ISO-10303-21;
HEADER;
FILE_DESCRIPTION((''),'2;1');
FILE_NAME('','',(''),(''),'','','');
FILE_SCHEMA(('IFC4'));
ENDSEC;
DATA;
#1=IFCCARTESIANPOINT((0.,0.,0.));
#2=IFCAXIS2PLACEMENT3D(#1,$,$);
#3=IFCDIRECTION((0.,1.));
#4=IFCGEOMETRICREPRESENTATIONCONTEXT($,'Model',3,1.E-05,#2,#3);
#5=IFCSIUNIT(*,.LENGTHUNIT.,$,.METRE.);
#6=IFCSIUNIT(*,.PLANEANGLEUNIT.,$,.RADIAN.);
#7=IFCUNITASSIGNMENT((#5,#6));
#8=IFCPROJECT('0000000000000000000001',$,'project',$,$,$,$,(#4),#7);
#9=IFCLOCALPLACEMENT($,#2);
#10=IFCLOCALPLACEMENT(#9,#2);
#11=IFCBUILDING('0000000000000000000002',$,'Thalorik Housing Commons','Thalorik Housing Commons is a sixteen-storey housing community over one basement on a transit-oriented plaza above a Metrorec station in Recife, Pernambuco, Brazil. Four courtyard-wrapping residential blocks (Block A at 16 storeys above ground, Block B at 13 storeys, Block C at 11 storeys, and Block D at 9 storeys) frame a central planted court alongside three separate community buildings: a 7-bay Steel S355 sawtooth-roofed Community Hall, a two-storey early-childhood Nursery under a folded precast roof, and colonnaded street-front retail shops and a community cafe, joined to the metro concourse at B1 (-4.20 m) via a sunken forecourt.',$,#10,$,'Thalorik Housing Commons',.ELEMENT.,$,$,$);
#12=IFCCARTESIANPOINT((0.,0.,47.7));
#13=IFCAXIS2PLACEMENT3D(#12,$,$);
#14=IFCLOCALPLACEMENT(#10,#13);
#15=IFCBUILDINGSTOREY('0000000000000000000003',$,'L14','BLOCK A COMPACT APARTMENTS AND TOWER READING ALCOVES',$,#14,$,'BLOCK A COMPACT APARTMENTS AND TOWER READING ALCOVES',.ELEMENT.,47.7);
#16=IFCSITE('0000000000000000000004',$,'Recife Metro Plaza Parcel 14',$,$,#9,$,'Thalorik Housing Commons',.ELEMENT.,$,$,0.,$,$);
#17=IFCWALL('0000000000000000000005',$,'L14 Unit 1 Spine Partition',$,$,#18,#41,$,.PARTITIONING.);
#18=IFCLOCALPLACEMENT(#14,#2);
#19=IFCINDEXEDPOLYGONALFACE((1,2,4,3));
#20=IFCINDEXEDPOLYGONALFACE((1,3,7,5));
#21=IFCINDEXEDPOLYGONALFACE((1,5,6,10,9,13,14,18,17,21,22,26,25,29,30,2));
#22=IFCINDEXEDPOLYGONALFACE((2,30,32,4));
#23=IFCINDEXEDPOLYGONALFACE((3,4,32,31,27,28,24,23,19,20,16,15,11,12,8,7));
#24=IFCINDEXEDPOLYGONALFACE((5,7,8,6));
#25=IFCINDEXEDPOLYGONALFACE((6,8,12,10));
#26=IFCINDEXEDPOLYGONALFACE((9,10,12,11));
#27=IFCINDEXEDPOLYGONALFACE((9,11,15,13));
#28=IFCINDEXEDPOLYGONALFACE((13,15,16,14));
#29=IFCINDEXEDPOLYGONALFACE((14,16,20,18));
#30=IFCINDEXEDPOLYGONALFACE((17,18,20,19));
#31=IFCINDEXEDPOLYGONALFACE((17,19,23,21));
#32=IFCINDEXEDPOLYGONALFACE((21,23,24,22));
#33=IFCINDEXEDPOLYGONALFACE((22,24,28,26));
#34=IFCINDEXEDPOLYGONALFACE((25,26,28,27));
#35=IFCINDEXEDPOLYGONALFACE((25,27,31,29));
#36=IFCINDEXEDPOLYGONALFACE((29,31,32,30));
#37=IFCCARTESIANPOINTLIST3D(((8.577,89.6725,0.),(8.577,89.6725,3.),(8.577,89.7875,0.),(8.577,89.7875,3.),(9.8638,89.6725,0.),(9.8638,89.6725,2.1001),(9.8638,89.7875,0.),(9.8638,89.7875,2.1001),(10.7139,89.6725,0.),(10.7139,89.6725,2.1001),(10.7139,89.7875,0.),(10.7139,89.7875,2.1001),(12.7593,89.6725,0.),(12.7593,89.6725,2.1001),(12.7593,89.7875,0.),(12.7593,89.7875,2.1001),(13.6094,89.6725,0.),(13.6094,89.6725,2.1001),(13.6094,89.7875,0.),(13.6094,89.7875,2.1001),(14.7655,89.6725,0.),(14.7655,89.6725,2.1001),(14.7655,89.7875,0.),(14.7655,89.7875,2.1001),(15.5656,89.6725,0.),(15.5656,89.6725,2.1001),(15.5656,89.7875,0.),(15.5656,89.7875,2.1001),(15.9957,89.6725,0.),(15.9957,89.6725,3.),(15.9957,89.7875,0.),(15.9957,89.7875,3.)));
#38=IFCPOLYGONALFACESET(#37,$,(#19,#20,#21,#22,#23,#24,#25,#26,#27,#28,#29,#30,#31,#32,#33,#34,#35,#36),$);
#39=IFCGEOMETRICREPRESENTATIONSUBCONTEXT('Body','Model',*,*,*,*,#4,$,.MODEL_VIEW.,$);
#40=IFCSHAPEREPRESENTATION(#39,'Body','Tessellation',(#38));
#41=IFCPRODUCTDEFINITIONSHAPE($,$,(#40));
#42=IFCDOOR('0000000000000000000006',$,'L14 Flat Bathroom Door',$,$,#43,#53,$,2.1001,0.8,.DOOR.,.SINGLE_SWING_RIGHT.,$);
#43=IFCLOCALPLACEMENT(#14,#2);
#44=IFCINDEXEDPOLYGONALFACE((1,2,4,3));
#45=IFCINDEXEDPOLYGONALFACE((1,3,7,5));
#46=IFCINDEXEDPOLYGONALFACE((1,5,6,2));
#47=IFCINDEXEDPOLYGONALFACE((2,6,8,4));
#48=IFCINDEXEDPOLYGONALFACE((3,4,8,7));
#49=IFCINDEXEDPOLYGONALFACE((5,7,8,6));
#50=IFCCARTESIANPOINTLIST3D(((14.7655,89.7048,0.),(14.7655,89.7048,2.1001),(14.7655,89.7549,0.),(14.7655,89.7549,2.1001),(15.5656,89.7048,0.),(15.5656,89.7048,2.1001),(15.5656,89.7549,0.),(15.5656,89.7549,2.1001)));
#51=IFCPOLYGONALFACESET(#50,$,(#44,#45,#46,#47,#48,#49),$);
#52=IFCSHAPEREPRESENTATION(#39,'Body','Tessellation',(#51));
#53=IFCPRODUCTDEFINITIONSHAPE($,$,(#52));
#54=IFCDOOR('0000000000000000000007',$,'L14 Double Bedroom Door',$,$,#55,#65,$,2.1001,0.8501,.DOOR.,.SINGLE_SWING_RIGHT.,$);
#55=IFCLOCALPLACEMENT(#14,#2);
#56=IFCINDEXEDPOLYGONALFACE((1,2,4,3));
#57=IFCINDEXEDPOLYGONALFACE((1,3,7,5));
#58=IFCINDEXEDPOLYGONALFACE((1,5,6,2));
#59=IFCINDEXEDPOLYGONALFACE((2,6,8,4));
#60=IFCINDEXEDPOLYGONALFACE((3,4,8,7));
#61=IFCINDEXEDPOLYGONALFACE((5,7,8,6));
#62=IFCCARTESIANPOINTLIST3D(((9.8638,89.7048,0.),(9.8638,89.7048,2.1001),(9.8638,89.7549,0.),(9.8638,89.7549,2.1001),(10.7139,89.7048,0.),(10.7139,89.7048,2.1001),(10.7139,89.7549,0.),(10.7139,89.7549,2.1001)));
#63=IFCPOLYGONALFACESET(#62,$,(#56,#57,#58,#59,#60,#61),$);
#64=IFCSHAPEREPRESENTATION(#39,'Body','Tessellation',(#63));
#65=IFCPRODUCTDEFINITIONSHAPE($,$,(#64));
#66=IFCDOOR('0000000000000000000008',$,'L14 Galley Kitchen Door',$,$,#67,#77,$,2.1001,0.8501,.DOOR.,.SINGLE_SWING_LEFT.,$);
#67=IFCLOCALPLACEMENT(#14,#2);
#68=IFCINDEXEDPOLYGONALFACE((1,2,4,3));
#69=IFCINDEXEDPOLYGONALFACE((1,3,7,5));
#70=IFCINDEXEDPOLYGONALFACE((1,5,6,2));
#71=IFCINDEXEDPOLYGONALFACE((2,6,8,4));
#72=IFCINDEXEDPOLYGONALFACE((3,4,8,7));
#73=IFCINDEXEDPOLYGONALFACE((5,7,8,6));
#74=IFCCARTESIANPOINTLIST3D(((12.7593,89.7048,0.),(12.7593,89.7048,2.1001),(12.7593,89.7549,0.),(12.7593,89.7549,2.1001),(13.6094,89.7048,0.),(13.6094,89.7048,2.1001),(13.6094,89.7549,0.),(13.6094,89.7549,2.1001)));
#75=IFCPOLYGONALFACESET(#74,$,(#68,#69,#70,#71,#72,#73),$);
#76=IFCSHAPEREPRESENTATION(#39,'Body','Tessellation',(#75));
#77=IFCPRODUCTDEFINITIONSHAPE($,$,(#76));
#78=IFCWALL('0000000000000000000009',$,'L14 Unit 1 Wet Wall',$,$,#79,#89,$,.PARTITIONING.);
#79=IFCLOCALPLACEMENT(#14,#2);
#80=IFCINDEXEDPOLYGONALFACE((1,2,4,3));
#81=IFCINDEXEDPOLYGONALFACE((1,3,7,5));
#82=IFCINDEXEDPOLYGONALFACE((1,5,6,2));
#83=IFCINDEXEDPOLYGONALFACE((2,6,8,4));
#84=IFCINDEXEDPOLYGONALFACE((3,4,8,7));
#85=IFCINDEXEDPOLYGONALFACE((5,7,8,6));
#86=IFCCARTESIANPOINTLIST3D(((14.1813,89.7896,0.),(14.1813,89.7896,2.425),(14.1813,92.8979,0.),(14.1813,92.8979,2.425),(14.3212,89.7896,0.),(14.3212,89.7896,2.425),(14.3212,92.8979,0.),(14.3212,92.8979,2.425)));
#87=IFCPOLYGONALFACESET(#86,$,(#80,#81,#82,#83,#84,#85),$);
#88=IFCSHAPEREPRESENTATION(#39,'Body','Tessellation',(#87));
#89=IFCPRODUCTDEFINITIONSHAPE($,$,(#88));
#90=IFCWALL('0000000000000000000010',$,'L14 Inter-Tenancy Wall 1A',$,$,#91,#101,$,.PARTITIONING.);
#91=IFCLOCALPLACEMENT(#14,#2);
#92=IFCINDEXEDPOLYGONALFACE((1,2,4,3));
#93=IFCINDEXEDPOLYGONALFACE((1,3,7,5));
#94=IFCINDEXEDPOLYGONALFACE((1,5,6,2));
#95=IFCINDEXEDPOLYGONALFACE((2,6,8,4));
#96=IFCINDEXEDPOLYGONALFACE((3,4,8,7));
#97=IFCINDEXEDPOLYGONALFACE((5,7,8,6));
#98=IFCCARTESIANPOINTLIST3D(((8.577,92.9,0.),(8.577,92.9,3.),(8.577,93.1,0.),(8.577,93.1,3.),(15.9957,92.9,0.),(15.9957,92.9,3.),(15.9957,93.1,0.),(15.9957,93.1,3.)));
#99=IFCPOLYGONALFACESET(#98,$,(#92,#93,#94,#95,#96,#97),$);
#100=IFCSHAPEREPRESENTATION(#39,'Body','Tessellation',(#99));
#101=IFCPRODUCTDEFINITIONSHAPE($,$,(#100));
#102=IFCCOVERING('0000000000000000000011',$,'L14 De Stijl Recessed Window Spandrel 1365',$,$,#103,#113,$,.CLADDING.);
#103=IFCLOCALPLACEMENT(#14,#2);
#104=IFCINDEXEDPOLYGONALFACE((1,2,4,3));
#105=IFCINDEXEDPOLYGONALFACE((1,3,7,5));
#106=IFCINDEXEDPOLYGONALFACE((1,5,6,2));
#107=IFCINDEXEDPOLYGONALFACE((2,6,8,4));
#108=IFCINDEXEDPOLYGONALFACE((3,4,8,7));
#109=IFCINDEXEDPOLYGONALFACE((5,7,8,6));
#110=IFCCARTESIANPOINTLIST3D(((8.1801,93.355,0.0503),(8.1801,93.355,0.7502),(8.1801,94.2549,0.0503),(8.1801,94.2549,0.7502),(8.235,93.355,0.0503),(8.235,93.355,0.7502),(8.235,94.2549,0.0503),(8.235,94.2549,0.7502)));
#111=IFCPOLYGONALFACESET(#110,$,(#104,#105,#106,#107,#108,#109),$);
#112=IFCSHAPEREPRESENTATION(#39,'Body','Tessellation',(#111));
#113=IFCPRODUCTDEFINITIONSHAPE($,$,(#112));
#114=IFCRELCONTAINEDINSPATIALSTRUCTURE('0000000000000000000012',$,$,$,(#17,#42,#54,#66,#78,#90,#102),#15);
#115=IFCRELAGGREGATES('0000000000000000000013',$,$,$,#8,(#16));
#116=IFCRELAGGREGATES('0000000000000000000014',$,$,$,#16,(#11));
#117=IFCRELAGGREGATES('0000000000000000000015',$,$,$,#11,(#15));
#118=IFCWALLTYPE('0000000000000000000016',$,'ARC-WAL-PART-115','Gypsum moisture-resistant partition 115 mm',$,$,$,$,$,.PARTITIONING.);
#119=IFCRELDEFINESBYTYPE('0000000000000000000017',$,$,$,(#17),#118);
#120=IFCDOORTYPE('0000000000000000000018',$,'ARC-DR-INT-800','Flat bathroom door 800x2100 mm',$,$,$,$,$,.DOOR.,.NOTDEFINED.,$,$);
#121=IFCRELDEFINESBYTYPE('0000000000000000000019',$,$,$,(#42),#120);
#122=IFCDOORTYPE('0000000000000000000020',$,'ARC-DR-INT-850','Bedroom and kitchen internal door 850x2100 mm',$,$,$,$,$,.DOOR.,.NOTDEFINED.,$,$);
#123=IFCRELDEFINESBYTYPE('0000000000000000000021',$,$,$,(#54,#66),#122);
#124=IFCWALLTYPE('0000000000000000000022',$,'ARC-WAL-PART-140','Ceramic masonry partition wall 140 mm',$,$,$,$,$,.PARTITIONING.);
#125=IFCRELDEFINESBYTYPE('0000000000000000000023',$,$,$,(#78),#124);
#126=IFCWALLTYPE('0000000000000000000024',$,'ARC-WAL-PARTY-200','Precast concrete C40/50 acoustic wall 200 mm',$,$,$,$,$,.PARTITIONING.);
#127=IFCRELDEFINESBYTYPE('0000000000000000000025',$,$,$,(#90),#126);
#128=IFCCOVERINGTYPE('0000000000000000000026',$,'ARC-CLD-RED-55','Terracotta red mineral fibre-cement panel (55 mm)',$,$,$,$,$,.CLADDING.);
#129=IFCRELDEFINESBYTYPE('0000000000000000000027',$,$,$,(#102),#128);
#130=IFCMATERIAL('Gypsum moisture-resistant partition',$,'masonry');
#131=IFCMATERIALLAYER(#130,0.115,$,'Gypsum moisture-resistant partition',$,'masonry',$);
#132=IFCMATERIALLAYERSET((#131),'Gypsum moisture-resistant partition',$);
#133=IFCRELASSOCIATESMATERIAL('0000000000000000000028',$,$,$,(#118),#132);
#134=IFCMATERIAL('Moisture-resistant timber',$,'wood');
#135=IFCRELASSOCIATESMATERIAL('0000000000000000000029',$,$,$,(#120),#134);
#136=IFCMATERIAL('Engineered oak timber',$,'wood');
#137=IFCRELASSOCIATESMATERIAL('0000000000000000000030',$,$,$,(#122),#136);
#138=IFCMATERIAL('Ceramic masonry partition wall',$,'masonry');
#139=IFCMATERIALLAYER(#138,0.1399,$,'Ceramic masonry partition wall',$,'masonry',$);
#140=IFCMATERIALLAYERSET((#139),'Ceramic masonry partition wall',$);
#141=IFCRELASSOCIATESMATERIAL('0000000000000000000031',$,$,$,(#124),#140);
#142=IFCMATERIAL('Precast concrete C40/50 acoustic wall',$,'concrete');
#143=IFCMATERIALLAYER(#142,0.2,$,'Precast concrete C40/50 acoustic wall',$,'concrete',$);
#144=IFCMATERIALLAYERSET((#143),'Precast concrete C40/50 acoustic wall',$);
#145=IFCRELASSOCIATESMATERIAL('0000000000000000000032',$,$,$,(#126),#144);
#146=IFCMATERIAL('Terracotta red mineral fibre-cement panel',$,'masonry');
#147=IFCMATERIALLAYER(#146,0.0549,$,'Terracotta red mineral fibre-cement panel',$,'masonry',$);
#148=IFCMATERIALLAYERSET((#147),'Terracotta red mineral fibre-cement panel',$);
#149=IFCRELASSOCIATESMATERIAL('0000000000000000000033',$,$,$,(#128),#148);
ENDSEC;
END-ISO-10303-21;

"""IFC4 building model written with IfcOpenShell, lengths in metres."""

from ifc_helpers import new_model, si_unit, direction, frame, frame_2d, origin, origin_2d, place, context, subcontext, project, spatial, rectangle, extrude, material, layer, layer_set, type_object, element, fill, save


model = new_model("IFC4")

# Units and contexts
model_context = context("Model", 3, precision=1e-05, world=origin(), true_north=direction((0.0, 1.0)))
body_context = subcontext(model_context, "Body", "Model", "MODEL_VIEW")
ifc_project = project(units=[si_unit("LENGTHUNIT", "METRE"), si_unit("PLANEANGLEUNIT", "RADIAN")], contexts=[model_context])

# Site, building, storey
site_placement = place(None, origin())
site = spatial("IfcSite", under=ifc_project, at=site_placement, Name="Recife Metro Plaza Parcel 14", LongName="Thalorik Housing Commons", CompositionType="ELEMENT", RefElevation=0.0)
building_placement = place(site_placement, origin())
building = spatial("IfcBuilding", under=site, at=building_placement, Name="Thalorik Housing Commons", Description="Thalorik Housing Commons is a sixteen-storey housing community over one basement on a transit-oriented plaza above a Metrorec station in Recife, Pernambuco, Brazil. Four courtyard-wrapping residential blocks (Block A at 16 storeys above ground, Block B at 13 storeys, Block C at 11 storeys, and Block D at 9 storeys) frame a central planted court alongside three separate community buildings: a 7-bay Steel S355 sawtooth-roofed Community Hall, a two-storey early-childhood Nursery under a folded precast roof, and colonnaded street-front retail shops and a community cafe, joined to the metro concourse at B1 (-4.20 m) via a sunken forecourt.", LongName="Thalorik Housing Commons", CompositionType="ELEMENT")
storey_placement = place(building_placement, frame((0.0, 0.0, 47.7)))
storey = spatial("IfcBuildingStorey", under=building, at=storey_placement, Name="L14", Description="BLOCK A COMPACT APARTMENTS AND TOWER READING ALCOVES", LongName="BLOCK A COMPACT APARTMENTS AND TOWER READING ALCOVES", CompositionType="ELEMENT", Elevation=47.7)

# Wall, openings, doors
ifc_material_1 = material(Name="Gypsum moisture-resistant partition", Category="masonry")
ifc_layer_1 = layer(ifc_material_1, 0.115, Name="Gypsum moisture-resistant partition", Category="masonry")
ifc_layer_set_1 = layer_set([ifc_layer_1], Name="Gypsum moisture-resistant partition")
wall_type_1 = type_object("IfcWallType", Name="ARC-WAL-PART-115", Description="Gypsum moisture-resistant partition 115 mm", PredefinedType="PARTITIONING", material=ifc_layer_set_1)
wall_1_placement = place(storey_placement, frame((8.5769, 89.73, 0.0), z_axis=(0.0, 0.0, 1.0), x_axis=(1.0, 0.0, 0.0)))
wall_1 = element("IfcWall", 1, at=wall_1_placement, inside=storey, type_object=wall_type_1, Name="L14 Unit 1 Spine Partition", PredefinedType="PARTITIONING", context=body_context, shape_type="SweptSolid", body=[
    extrude(rectangle(XDim=7.4187, YDim=0.115, at=frame_2d((3.7095, 0.0))), origin(), (0.0, 0.0, 1.0), 3.0),
])
opening_1_placement = place(wall_1_placement, frame((1.2869, 0.0, 0.0)))
opening_1 = element("IfcOpeningElement", 2, at=opening_1_placement, cuts=wall_1, PredefinedType="OPENING", context=body_context, shape_type="SweptSolid", body=[
    extrude(rectangle(XDim=0.8501, YDim=2.1001, at=frame_2d((0.425, 1.05))), frame((0.0, 0.0674, 0.0), z_axis=(0.0, -1.0, 0.0), x_axis=(1.0, 0.0, 0.0)), (0.0, 0.0, 1.0), 0.135),
])
opening_2_placement = place(wall_1_placement, frame((4.1824, 0.0, 0.0)))
opening_2 = element("IfcOpeningElement", 3, at=opening_2_placement, cuts=wall_1, PredefinedType="OPENING", context=body_context, shape_type="SweptSolid", body=[
    extrude(rectangle(XDim=0.8501, YDim=2.1001, at=frame_2d((0.425, 1.05))), frame((0.0, 0.0674, 0.0), z_axis=(0.0, -1.0, 0.0), x_axis=(1.0, 0.0, 0.0)), (0.0, 0.0, 1.0), 0.135),
])
opening_3_placement = place(wall_1_placement, frame((6.1887, 0.0, 0.0)))
opening_3 = element("IfcOpeningElement", 4, at=opening_3_placement, cuts=wall_1, PredefinedType="OPENING", context=body_context, shape_type="SweptSolid", body=[
    extrude(rectangle(XDim=0.8, YDim=2.1001, at=frame_2d((0.3999, 1.05))), frame((0.0, 0.0674, 0.0), z_axis=(0.0, -1.0, 0.0), x_axis=(1.0, 0.0, 0.0)), (0.0, 0.0, 1.0), 0.135),
])
ifc_material_2 = material(Name="Moisture-resistant timber", Category="wood")
door_type_1 = type_object("IfcDoorType", Name="ARC-DR-INT-800", Description="Flat bathroom door 800x2100 mm", OperationType="NOTDEFINED", PredefinedType="DOOR", material=ifc_material_2)
door_1_placement = place(opening_3_placement, origin())
door_1 = element("IfcDoor", 5, at=door_1_placement, inside=storey, type_object=door_type_1, Name="L14 Flat Bathroom Door", OperationType="SINGLE_SWING_RIGHT", OverallHeight=2.1001, OverallWidth=0.8, PredefinedType="DOOR", context=body_context, shape_type="SweptSolid", body=[
    extrude(rectangle(XDim=0.8, YDim=2.1001, at=frame_2d((0.3999, 1.05))), frame((0.0, 0.0249, 0.0), z_axis=(0.0, -1.0, 0.0), x_axis=(1.0, 0.0, 0.0)), (0.0, 0.0, 1.0), 0.05),
])
fill(opening_3, door_1)
ifc_material_3 = material(Name="Engineered oak timber", Category="wood")
door_type_2 = type_object("IfcDoorType", Name="ARC-DR-INT-850", Description="Bedroom and kitchen internal door 850x2100 mm", OperationType="NOTDEFINED", PredefinedType="DOOR", material=ifc_material_3)
door_2_placement = place(opening_1_placement, origin())
door_2 = element("IfcDoor", 6, at=door_2_placement, inside=storey, type_object=door_type_2, Name="L14 Double Bedroom Door", OperationType="SINGLE_SWING_RIGHT", OverallHeight=2.1001, OverallWidth=0.8501, PredefinedType="DOOR", context=body_context, shape_type="SweptSolid", body=[
    extrude(rectangle(XDim=0.8501, YDim=2.1001, at=frame_2d((0.425, 1.05))), frame((0.0, 0.0249, 0.0), z_axis=(0.0, -1.0, 0.0), x_axis=(1.0, 0.0, 0.0)), (0.0, 0.0, 1.0), 0.05),
])
fill(opening_1, door_2)
door_3_placement = place(opening_2_placement, origin())
door_3 = element("IfcDoor", 7, at=door_3_placement, inside=storey, type_object=door_type_2, Name="L14 Galley Kitchen Door", OperationType="SINGLE_SWING_LEFT", OverallHeight=2.1001, OverallWidth=0.8501, PredefinedType="DOOR", context=body_context, shape_type="SweptSolid", body=[
    extrude(rectangle(XDim=0.8501, YDim=2.1001, at=frame_2d((0.425, 1.05))), frame((0.0, 0.0249, 0.0), z_axis=(0.0, -1.0, 0.0), x_axis=(1.0, 0.0, 0.0)), (0.0, 0.0, 1.0), 0.05),
])
fill(opening_2, door_3)

# Walls
ifc_material_4 = material(Name="Ceramic masonry partition wall", Category="masonry")
ifc_layer_2 = layer(ifc_material_4, 0.1399, Name="Ceramic masonry partition wall", Category="masonry")
ifc_layer_set_2 = layer_set([ifc_layer_2], Name="Ceramic masonry partition wall")
wall_type_2 = type_object("IfcWallType", Name="ARC-WAL-PART-140", Description="Ceramic masonry partition wall 140 mm", PredefinedType="PARTITIONING", material=ifc_layer_set_2)
wall_2_placement = place(storey_placement, frame((14.2512, 89.7896, 0.0), z_axis=(0.0, 0.0, 1.0), x_axis=(0.0, 1.0, 0.0)))
element("IfcWall", 8, at=wall_2_placement, inside=storey, type_object=wall_type_2, Name="L14 Unit 1 Wet Wall", PredefinedType="PARTITIONING", context=body_context, shape_type="SweptSolid", body=[
    extrude(rectangle(XDim=3.1084, YDim=0.1399, at=frame_2d((1.5542, 0.0))), origin(), (0.0, 0.0, 1.0), 2.425),
])
ifc_material_5 = material(Name="Precast concrete C40/50 acoustic wall", Category="concrete")
ifc_layer_3 = layer(ifc_material_5, 0.2, Name="Precast concrete C40/50 acoustic wall", Category="concrete")
ifc_layer_set_3 = layer_set([ifc_layer_3], Name="Precast concrete C40/50 acoustic wall")
wall_type_3 = type_object("IfcWallType", Name="ARC-WAL-PARTY-200", Description="Precast concrete C40/50 acoustic wall 200 mm", PredefinedType="PARTITIONING", material=ifc_layer_set_3)
wall_3_placement = place(storey_placement, frame((8.5769, 93.0, 0.0), z_axis=(0.0, 0.0, 1.0), x_axis=(1.0, 0.0, 0.0)))
element("IfcWall", 9, at=wall_3_placement, inside=storey, type_object=wall_type_3, Name="L14 Inter-Tenancy Wall 1A", PredefinedType="PARTITIONING", context=body_context, shape_type="SweptSolid", body=[
    extrude(rectangle(XDim=7.4187, YDim=0.2, at=frame_2d((3.7095, 0.0))), origin(), (0.0, 0.0, 1.0), 3.0),
])

# Covering
ifc_material_6 = material(Name="Terracotta red mineral fibre-cement panel", Category="masonry")
ifc_layer_4 = layer(ifc_material_6, 0.0549, Name="Terracotta red mineral fibre-cement panel", Category="masonry")
ifc_layer_set_4 = layer_set([ifc_layer_4], Name="Terracotta red mineral fibre-cement panel")
covering_type_1 = type_object("IfcCoveringType", Name="ARC-CLD-RED-55", Description="Terracotta red mineral fibre-cement panel (55 mm)", PredefinedType="CLADDING", material=ifc_layer_set_4)
covering_1_placement = place(storey_placement, frame((8.2075, 93.8049, 0.0503), z_axis=(0.0, 0.0, 1.0), x_axis=(0.0, -1.0, 0.0)))
element("IfcCovering", 10, at=covering_1_placement, inside=storey, type_object=covering_type_1, Name="L14 De Stijl Recessed Window Spandrel 1365", PredefinedType="CLADDING", context=body_context, shape_type="SweptSolid", body=[
    extrude(rectangle(XDim=0.8999, YDim=0.0549, at=origin_2d()), origin(), (0.0, 0.0, 1.0), 0.7),
])

save(model, "model.ifc")
